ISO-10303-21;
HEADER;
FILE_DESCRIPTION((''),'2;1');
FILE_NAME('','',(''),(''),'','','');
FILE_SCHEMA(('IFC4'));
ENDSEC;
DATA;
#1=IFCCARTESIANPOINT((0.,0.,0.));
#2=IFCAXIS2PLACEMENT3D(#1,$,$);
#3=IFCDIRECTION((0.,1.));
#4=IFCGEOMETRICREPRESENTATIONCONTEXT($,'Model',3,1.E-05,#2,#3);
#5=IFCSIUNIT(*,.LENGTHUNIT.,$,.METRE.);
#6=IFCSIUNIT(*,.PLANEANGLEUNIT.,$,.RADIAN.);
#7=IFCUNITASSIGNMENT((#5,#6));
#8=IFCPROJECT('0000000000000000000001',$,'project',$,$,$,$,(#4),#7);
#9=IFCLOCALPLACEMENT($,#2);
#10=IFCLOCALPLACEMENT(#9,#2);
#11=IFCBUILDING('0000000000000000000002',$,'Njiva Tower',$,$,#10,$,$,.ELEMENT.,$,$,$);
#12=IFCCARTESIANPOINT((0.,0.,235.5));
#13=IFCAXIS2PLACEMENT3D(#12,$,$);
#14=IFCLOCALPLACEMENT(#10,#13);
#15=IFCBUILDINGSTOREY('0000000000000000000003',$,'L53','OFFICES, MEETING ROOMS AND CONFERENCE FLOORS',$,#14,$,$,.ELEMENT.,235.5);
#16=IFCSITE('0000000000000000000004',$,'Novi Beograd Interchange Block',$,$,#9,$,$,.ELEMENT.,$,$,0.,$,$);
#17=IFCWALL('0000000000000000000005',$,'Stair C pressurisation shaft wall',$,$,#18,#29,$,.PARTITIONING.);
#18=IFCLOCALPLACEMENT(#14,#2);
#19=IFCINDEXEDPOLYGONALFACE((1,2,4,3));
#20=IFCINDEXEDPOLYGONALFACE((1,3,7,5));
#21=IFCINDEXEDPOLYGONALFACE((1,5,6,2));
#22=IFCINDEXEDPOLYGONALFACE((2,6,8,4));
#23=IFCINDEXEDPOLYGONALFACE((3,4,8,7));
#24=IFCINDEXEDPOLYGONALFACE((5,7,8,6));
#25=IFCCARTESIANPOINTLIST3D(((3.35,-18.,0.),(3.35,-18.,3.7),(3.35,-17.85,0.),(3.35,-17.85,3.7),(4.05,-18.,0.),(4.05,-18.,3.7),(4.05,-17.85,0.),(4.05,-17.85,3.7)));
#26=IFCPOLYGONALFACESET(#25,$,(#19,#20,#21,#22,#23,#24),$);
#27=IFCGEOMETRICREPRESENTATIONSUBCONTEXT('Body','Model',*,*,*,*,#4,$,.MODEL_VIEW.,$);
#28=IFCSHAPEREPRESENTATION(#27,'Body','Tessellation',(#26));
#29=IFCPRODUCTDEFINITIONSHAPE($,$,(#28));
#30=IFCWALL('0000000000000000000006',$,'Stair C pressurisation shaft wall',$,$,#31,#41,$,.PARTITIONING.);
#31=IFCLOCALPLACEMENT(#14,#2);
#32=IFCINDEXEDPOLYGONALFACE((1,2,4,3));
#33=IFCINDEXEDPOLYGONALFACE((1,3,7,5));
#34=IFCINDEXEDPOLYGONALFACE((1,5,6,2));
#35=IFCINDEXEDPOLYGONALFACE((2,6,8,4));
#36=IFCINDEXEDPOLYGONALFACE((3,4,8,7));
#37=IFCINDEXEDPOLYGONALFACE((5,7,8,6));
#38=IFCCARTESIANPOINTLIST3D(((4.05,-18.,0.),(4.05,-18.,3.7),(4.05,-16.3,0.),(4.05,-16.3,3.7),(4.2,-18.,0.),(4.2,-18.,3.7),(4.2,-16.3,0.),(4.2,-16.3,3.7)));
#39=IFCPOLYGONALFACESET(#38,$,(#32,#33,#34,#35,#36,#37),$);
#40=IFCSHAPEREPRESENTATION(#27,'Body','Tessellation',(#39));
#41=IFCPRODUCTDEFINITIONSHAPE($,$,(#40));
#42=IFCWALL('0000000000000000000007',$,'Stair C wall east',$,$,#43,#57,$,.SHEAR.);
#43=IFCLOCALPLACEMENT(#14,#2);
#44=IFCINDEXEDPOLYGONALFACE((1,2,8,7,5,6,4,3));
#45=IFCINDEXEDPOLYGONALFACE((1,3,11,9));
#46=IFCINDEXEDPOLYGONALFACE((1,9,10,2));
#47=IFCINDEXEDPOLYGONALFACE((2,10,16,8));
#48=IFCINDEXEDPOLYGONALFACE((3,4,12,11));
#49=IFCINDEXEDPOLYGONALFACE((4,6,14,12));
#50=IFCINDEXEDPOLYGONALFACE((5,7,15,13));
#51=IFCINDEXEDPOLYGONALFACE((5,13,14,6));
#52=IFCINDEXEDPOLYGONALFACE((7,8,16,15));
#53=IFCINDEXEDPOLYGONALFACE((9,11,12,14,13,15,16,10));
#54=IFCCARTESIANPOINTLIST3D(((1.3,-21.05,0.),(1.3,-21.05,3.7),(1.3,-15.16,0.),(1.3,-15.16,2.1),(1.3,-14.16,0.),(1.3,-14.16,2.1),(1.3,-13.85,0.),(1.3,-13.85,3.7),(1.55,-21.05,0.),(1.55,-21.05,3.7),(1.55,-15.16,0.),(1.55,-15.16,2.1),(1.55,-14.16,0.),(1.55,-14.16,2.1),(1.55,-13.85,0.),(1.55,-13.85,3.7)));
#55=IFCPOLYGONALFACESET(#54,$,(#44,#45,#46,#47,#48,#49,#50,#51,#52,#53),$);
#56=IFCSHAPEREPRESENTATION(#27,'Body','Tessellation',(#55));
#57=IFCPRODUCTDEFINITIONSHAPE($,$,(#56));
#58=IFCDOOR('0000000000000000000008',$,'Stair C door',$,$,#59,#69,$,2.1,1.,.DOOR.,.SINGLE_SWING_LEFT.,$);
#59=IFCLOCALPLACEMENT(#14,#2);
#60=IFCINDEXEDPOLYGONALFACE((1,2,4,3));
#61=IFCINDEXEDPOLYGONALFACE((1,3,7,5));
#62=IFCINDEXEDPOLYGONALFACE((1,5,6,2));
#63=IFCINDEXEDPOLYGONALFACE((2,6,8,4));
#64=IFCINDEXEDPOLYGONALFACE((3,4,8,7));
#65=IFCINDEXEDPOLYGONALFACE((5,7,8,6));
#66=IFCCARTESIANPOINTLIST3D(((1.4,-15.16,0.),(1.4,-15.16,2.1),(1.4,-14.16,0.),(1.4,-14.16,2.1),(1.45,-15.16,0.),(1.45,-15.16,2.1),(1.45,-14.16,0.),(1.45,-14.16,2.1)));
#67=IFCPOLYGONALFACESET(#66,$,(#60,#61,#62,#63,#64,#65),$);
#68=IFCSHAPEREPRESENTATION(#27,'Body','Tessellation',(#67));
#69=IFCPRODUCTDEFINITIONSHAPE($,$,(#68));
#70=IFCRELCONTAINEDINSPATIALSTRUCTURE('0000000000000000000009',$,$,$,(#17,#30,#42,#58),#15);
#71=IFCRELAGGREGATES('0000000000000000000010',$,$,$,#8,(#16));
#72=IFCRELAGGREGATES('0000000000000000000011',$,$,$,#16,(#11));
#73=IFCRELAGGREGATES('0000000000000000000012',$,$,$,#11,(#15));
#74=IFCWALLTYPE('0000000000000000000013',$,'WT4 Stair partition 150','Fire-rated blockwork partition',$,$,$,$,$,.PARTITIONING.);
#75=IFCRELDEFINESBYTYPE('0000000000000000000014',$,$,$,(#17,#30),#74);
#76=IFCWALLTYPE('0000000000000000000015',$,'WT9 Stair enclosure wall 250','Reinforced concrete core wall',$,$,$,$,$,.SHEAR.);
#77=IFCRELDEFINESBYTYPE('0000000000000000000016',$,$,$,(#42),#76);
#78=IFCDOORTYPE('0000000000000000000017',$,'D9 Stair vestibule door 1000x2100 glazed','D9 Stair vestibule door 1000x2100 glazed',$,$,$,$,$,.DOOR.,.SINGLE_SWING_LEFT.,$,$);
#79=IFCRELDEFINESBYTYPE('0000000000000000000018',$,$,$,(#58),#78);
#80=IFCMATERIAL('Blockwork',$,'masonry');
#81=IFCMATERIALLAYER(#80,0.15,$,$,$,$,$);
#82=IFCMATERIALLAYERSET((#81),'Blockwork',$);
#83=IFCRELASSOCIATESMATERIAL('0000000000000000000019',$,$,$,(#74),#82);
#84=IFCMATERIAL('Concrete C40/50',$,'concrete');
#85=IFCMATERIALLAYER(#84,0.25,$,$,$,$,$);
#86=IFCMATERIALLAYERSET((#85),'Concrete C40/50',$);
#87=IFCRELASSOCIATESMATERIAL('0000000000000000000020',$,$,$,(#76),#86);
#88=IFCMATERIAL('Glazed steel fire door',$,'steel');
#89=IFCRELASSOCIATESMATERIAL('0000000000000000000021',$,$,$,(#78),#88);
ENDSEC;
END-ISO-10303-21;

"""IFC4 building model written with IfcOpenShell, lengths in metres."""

from ifc_helpers import new_model, si_unit, direction, frame, frame_2d, origin, place, context, subcontext, project, spatial, rectangle, extrude, material, layer, layer_set, type_object, element, fill, save


model = new_model("IFC4")

# Units and contexts
model_context = context("Model", 3, precision=1e-05, world=origin(), true_north=direction((0.0, 1.0)))
body_context = subcontext(model_context, "Body", "Model", "MODEL_VIEW")
ifc_project = project(units=[si_unit("LENGTHUNIT", "METRE"), si_unit("PLANEANGLEUNIT", "RADIAN")], contexts=[model_context])

# Site, building, storey
site_placement = place(None, origin())
site = spatial("IfcSite", under=ifc_project, at=site_placement, Name="Novi Beograd Interchange Block", CompositionType="ELEMENT", RefElevation=0.0)
building_placement = place(site_placement, origin())
building = spatial("IfcBuilding", under=site, at=building_placement, Name="Njiva Tower", CompositionType="ELEMENT")
storey_placement = place(building_placement, frame((0.0, 0.0, 235.5)))
storey = spatial("IfcBuildingStorey", under=building, at=storey_placement, Name="L53", Description="OFFICES, MEETING ROOMS AND CONFERENCE FLOORS", CompositionType="ELEMENT", Elevation=235.5)

# Walls
ifc_material_1 = material(Name="Blockwork", Category="masonry")
ifc_layer_1 = layer(ifc_material_1, 0.15)
ifc_layer_set_1 = layer_set([ifc_layer_1], Name="Blockwork")
wall_type_1 = type_object("IfcWallType", Name="WT4 Stair partition 150", Description="Fire-rated blockwork partition", PredefinedType="PARTITIONING", material=ifc_layer_set_1)
wall_1_placement = place(storey_placement, frame((3.35, -17.925, 0.0), z_axis=(0.0, 0.0, 1.0), x_axis=(1.0, 0.0, 0.0)))
element("IfcWall", 1, at=wall_1_placement, inside=storey, type_object=wall_type_1, Name="Stair C pressurisation shaft wall", PredefinedType="PARTITIONING", context=body_context, shape_type="SweptSolid", body=[
    extrude(rectangle(XDim=0.7, YDim=0.15, at=frame_2d((0.35, 0.0))), origin(), (0.0, 0.0, 1.0), 3.7),
])
wall_2_placement = place(storey_placement, frame((4.125, -18.0, 0.0), z_axis=(0.0, 0.0, 1.0), x_axis=(0.0, 1.0, 0.0)))
element("IfcWall", 2, at=wall_2_placement, inside=storey, type_object=wall_type_1, Name="Stair C pressurisation shaft wall", PredefinedType="PARTITIONING", context=body_context, shape_type="SweptSolid", body=[
    extrude(rectangle(XDim=1.7, YDim=0.15, at=frame_2d((0.85, 0.0))), origin(), (0.0, 0.0, 1.0), 3.7),
])

# Wall, opening, door
ifc_material_2 = material(Name="Concrete C40/50", Category="concrete")
ifc_layer_2 = layer(ifc_material_2, 0.25)
ifc_layer_set_2 = layer_set([ifc_layer_2], Name="Concrete C40/50")
wall_type_2 = type_object("IfcWallType", Name="WT9 Stair enclosure wall 250", Description="Reinforced concrete core wall", PredefinedType="SHEAR", material=ifc_layer_set_2)
wall_3_placement = place(storey_placement, frame((1.425, -21.05, 0.0), z_axis=(0.0, 0.0, 1.0), x_axis=(0.0, 1.0, 0.0)))
wall_3 = element("IfcWall", 3, at=wall_3_placement, inside=storey, type_object=wall_type_2, Name="Stair C wall east", PredefinedType="SHEAR", context=body_context, shape_type="SweptSolid", body=[
    extrude(rectangle(XDim=7.2, YDim=0.25, at=frame_2d((3.6, 0.0))), origin(), (0.0, 0.0, 1.0), 3.7),
])
opening_1_placement = place(wall_3_placement, frame((5.89, 0.0, 0.0)))
opening_1 = element("IfcOpeningElement", 4, at=opening_1_placement, cuts=wall_3, PredefinedType="OPENING", context=body_context, shape_type="SweptSolid", body=[
    extrude(rectangle(XDim=1.0, YDim=2.1, at=frame_2d((0.5, 1.05))), frame((0.0, 0.135, 0.0), z_axis=(0.0, -1.0, 0.0), x_axis=(1.0, 0.0, 0.0)), (0.0, 0.0, 1.0), 0.27),
])
ifc_material_3 = material(Name="Glazed steel fire door", Category="steel")
door_type = type_object("IfcDoorType", Name="D9 Stair vestibule door 1000x2100 glazed", Description="D9 Stair vestibule door 1000x2100 glazed", OperationType="SINGLE_SWING_LEFT", PredefinedType="DOOR", material=ifc_material_3)
door_placement = place(opening_1_placement, origin())
door = element("IfcDoor", 5, at=door_placement, inside=storey, type_object=door_type, Name="Stair C door", OperationType="SINGLE_SWING_LEFT", OverallHeight=2.1, OverallWidth=1.0, PredefinedType="DOOR", context=body_context, shape_type="SweptSolid", body=[
    extrude(rectangle(XDim=1.0, YDim=2.1, at=frame_2d((0.5, 1.05))), frame((0.0, 0.025, 0.0), z_axis=(0.0, -1.0, 0.0), x_axis=(1.0, 0.0, 0.0)), (0.0, 0.0, 1.0), 0.05),
])
fill(opening_1, door)

save(model, "model.ifc")
